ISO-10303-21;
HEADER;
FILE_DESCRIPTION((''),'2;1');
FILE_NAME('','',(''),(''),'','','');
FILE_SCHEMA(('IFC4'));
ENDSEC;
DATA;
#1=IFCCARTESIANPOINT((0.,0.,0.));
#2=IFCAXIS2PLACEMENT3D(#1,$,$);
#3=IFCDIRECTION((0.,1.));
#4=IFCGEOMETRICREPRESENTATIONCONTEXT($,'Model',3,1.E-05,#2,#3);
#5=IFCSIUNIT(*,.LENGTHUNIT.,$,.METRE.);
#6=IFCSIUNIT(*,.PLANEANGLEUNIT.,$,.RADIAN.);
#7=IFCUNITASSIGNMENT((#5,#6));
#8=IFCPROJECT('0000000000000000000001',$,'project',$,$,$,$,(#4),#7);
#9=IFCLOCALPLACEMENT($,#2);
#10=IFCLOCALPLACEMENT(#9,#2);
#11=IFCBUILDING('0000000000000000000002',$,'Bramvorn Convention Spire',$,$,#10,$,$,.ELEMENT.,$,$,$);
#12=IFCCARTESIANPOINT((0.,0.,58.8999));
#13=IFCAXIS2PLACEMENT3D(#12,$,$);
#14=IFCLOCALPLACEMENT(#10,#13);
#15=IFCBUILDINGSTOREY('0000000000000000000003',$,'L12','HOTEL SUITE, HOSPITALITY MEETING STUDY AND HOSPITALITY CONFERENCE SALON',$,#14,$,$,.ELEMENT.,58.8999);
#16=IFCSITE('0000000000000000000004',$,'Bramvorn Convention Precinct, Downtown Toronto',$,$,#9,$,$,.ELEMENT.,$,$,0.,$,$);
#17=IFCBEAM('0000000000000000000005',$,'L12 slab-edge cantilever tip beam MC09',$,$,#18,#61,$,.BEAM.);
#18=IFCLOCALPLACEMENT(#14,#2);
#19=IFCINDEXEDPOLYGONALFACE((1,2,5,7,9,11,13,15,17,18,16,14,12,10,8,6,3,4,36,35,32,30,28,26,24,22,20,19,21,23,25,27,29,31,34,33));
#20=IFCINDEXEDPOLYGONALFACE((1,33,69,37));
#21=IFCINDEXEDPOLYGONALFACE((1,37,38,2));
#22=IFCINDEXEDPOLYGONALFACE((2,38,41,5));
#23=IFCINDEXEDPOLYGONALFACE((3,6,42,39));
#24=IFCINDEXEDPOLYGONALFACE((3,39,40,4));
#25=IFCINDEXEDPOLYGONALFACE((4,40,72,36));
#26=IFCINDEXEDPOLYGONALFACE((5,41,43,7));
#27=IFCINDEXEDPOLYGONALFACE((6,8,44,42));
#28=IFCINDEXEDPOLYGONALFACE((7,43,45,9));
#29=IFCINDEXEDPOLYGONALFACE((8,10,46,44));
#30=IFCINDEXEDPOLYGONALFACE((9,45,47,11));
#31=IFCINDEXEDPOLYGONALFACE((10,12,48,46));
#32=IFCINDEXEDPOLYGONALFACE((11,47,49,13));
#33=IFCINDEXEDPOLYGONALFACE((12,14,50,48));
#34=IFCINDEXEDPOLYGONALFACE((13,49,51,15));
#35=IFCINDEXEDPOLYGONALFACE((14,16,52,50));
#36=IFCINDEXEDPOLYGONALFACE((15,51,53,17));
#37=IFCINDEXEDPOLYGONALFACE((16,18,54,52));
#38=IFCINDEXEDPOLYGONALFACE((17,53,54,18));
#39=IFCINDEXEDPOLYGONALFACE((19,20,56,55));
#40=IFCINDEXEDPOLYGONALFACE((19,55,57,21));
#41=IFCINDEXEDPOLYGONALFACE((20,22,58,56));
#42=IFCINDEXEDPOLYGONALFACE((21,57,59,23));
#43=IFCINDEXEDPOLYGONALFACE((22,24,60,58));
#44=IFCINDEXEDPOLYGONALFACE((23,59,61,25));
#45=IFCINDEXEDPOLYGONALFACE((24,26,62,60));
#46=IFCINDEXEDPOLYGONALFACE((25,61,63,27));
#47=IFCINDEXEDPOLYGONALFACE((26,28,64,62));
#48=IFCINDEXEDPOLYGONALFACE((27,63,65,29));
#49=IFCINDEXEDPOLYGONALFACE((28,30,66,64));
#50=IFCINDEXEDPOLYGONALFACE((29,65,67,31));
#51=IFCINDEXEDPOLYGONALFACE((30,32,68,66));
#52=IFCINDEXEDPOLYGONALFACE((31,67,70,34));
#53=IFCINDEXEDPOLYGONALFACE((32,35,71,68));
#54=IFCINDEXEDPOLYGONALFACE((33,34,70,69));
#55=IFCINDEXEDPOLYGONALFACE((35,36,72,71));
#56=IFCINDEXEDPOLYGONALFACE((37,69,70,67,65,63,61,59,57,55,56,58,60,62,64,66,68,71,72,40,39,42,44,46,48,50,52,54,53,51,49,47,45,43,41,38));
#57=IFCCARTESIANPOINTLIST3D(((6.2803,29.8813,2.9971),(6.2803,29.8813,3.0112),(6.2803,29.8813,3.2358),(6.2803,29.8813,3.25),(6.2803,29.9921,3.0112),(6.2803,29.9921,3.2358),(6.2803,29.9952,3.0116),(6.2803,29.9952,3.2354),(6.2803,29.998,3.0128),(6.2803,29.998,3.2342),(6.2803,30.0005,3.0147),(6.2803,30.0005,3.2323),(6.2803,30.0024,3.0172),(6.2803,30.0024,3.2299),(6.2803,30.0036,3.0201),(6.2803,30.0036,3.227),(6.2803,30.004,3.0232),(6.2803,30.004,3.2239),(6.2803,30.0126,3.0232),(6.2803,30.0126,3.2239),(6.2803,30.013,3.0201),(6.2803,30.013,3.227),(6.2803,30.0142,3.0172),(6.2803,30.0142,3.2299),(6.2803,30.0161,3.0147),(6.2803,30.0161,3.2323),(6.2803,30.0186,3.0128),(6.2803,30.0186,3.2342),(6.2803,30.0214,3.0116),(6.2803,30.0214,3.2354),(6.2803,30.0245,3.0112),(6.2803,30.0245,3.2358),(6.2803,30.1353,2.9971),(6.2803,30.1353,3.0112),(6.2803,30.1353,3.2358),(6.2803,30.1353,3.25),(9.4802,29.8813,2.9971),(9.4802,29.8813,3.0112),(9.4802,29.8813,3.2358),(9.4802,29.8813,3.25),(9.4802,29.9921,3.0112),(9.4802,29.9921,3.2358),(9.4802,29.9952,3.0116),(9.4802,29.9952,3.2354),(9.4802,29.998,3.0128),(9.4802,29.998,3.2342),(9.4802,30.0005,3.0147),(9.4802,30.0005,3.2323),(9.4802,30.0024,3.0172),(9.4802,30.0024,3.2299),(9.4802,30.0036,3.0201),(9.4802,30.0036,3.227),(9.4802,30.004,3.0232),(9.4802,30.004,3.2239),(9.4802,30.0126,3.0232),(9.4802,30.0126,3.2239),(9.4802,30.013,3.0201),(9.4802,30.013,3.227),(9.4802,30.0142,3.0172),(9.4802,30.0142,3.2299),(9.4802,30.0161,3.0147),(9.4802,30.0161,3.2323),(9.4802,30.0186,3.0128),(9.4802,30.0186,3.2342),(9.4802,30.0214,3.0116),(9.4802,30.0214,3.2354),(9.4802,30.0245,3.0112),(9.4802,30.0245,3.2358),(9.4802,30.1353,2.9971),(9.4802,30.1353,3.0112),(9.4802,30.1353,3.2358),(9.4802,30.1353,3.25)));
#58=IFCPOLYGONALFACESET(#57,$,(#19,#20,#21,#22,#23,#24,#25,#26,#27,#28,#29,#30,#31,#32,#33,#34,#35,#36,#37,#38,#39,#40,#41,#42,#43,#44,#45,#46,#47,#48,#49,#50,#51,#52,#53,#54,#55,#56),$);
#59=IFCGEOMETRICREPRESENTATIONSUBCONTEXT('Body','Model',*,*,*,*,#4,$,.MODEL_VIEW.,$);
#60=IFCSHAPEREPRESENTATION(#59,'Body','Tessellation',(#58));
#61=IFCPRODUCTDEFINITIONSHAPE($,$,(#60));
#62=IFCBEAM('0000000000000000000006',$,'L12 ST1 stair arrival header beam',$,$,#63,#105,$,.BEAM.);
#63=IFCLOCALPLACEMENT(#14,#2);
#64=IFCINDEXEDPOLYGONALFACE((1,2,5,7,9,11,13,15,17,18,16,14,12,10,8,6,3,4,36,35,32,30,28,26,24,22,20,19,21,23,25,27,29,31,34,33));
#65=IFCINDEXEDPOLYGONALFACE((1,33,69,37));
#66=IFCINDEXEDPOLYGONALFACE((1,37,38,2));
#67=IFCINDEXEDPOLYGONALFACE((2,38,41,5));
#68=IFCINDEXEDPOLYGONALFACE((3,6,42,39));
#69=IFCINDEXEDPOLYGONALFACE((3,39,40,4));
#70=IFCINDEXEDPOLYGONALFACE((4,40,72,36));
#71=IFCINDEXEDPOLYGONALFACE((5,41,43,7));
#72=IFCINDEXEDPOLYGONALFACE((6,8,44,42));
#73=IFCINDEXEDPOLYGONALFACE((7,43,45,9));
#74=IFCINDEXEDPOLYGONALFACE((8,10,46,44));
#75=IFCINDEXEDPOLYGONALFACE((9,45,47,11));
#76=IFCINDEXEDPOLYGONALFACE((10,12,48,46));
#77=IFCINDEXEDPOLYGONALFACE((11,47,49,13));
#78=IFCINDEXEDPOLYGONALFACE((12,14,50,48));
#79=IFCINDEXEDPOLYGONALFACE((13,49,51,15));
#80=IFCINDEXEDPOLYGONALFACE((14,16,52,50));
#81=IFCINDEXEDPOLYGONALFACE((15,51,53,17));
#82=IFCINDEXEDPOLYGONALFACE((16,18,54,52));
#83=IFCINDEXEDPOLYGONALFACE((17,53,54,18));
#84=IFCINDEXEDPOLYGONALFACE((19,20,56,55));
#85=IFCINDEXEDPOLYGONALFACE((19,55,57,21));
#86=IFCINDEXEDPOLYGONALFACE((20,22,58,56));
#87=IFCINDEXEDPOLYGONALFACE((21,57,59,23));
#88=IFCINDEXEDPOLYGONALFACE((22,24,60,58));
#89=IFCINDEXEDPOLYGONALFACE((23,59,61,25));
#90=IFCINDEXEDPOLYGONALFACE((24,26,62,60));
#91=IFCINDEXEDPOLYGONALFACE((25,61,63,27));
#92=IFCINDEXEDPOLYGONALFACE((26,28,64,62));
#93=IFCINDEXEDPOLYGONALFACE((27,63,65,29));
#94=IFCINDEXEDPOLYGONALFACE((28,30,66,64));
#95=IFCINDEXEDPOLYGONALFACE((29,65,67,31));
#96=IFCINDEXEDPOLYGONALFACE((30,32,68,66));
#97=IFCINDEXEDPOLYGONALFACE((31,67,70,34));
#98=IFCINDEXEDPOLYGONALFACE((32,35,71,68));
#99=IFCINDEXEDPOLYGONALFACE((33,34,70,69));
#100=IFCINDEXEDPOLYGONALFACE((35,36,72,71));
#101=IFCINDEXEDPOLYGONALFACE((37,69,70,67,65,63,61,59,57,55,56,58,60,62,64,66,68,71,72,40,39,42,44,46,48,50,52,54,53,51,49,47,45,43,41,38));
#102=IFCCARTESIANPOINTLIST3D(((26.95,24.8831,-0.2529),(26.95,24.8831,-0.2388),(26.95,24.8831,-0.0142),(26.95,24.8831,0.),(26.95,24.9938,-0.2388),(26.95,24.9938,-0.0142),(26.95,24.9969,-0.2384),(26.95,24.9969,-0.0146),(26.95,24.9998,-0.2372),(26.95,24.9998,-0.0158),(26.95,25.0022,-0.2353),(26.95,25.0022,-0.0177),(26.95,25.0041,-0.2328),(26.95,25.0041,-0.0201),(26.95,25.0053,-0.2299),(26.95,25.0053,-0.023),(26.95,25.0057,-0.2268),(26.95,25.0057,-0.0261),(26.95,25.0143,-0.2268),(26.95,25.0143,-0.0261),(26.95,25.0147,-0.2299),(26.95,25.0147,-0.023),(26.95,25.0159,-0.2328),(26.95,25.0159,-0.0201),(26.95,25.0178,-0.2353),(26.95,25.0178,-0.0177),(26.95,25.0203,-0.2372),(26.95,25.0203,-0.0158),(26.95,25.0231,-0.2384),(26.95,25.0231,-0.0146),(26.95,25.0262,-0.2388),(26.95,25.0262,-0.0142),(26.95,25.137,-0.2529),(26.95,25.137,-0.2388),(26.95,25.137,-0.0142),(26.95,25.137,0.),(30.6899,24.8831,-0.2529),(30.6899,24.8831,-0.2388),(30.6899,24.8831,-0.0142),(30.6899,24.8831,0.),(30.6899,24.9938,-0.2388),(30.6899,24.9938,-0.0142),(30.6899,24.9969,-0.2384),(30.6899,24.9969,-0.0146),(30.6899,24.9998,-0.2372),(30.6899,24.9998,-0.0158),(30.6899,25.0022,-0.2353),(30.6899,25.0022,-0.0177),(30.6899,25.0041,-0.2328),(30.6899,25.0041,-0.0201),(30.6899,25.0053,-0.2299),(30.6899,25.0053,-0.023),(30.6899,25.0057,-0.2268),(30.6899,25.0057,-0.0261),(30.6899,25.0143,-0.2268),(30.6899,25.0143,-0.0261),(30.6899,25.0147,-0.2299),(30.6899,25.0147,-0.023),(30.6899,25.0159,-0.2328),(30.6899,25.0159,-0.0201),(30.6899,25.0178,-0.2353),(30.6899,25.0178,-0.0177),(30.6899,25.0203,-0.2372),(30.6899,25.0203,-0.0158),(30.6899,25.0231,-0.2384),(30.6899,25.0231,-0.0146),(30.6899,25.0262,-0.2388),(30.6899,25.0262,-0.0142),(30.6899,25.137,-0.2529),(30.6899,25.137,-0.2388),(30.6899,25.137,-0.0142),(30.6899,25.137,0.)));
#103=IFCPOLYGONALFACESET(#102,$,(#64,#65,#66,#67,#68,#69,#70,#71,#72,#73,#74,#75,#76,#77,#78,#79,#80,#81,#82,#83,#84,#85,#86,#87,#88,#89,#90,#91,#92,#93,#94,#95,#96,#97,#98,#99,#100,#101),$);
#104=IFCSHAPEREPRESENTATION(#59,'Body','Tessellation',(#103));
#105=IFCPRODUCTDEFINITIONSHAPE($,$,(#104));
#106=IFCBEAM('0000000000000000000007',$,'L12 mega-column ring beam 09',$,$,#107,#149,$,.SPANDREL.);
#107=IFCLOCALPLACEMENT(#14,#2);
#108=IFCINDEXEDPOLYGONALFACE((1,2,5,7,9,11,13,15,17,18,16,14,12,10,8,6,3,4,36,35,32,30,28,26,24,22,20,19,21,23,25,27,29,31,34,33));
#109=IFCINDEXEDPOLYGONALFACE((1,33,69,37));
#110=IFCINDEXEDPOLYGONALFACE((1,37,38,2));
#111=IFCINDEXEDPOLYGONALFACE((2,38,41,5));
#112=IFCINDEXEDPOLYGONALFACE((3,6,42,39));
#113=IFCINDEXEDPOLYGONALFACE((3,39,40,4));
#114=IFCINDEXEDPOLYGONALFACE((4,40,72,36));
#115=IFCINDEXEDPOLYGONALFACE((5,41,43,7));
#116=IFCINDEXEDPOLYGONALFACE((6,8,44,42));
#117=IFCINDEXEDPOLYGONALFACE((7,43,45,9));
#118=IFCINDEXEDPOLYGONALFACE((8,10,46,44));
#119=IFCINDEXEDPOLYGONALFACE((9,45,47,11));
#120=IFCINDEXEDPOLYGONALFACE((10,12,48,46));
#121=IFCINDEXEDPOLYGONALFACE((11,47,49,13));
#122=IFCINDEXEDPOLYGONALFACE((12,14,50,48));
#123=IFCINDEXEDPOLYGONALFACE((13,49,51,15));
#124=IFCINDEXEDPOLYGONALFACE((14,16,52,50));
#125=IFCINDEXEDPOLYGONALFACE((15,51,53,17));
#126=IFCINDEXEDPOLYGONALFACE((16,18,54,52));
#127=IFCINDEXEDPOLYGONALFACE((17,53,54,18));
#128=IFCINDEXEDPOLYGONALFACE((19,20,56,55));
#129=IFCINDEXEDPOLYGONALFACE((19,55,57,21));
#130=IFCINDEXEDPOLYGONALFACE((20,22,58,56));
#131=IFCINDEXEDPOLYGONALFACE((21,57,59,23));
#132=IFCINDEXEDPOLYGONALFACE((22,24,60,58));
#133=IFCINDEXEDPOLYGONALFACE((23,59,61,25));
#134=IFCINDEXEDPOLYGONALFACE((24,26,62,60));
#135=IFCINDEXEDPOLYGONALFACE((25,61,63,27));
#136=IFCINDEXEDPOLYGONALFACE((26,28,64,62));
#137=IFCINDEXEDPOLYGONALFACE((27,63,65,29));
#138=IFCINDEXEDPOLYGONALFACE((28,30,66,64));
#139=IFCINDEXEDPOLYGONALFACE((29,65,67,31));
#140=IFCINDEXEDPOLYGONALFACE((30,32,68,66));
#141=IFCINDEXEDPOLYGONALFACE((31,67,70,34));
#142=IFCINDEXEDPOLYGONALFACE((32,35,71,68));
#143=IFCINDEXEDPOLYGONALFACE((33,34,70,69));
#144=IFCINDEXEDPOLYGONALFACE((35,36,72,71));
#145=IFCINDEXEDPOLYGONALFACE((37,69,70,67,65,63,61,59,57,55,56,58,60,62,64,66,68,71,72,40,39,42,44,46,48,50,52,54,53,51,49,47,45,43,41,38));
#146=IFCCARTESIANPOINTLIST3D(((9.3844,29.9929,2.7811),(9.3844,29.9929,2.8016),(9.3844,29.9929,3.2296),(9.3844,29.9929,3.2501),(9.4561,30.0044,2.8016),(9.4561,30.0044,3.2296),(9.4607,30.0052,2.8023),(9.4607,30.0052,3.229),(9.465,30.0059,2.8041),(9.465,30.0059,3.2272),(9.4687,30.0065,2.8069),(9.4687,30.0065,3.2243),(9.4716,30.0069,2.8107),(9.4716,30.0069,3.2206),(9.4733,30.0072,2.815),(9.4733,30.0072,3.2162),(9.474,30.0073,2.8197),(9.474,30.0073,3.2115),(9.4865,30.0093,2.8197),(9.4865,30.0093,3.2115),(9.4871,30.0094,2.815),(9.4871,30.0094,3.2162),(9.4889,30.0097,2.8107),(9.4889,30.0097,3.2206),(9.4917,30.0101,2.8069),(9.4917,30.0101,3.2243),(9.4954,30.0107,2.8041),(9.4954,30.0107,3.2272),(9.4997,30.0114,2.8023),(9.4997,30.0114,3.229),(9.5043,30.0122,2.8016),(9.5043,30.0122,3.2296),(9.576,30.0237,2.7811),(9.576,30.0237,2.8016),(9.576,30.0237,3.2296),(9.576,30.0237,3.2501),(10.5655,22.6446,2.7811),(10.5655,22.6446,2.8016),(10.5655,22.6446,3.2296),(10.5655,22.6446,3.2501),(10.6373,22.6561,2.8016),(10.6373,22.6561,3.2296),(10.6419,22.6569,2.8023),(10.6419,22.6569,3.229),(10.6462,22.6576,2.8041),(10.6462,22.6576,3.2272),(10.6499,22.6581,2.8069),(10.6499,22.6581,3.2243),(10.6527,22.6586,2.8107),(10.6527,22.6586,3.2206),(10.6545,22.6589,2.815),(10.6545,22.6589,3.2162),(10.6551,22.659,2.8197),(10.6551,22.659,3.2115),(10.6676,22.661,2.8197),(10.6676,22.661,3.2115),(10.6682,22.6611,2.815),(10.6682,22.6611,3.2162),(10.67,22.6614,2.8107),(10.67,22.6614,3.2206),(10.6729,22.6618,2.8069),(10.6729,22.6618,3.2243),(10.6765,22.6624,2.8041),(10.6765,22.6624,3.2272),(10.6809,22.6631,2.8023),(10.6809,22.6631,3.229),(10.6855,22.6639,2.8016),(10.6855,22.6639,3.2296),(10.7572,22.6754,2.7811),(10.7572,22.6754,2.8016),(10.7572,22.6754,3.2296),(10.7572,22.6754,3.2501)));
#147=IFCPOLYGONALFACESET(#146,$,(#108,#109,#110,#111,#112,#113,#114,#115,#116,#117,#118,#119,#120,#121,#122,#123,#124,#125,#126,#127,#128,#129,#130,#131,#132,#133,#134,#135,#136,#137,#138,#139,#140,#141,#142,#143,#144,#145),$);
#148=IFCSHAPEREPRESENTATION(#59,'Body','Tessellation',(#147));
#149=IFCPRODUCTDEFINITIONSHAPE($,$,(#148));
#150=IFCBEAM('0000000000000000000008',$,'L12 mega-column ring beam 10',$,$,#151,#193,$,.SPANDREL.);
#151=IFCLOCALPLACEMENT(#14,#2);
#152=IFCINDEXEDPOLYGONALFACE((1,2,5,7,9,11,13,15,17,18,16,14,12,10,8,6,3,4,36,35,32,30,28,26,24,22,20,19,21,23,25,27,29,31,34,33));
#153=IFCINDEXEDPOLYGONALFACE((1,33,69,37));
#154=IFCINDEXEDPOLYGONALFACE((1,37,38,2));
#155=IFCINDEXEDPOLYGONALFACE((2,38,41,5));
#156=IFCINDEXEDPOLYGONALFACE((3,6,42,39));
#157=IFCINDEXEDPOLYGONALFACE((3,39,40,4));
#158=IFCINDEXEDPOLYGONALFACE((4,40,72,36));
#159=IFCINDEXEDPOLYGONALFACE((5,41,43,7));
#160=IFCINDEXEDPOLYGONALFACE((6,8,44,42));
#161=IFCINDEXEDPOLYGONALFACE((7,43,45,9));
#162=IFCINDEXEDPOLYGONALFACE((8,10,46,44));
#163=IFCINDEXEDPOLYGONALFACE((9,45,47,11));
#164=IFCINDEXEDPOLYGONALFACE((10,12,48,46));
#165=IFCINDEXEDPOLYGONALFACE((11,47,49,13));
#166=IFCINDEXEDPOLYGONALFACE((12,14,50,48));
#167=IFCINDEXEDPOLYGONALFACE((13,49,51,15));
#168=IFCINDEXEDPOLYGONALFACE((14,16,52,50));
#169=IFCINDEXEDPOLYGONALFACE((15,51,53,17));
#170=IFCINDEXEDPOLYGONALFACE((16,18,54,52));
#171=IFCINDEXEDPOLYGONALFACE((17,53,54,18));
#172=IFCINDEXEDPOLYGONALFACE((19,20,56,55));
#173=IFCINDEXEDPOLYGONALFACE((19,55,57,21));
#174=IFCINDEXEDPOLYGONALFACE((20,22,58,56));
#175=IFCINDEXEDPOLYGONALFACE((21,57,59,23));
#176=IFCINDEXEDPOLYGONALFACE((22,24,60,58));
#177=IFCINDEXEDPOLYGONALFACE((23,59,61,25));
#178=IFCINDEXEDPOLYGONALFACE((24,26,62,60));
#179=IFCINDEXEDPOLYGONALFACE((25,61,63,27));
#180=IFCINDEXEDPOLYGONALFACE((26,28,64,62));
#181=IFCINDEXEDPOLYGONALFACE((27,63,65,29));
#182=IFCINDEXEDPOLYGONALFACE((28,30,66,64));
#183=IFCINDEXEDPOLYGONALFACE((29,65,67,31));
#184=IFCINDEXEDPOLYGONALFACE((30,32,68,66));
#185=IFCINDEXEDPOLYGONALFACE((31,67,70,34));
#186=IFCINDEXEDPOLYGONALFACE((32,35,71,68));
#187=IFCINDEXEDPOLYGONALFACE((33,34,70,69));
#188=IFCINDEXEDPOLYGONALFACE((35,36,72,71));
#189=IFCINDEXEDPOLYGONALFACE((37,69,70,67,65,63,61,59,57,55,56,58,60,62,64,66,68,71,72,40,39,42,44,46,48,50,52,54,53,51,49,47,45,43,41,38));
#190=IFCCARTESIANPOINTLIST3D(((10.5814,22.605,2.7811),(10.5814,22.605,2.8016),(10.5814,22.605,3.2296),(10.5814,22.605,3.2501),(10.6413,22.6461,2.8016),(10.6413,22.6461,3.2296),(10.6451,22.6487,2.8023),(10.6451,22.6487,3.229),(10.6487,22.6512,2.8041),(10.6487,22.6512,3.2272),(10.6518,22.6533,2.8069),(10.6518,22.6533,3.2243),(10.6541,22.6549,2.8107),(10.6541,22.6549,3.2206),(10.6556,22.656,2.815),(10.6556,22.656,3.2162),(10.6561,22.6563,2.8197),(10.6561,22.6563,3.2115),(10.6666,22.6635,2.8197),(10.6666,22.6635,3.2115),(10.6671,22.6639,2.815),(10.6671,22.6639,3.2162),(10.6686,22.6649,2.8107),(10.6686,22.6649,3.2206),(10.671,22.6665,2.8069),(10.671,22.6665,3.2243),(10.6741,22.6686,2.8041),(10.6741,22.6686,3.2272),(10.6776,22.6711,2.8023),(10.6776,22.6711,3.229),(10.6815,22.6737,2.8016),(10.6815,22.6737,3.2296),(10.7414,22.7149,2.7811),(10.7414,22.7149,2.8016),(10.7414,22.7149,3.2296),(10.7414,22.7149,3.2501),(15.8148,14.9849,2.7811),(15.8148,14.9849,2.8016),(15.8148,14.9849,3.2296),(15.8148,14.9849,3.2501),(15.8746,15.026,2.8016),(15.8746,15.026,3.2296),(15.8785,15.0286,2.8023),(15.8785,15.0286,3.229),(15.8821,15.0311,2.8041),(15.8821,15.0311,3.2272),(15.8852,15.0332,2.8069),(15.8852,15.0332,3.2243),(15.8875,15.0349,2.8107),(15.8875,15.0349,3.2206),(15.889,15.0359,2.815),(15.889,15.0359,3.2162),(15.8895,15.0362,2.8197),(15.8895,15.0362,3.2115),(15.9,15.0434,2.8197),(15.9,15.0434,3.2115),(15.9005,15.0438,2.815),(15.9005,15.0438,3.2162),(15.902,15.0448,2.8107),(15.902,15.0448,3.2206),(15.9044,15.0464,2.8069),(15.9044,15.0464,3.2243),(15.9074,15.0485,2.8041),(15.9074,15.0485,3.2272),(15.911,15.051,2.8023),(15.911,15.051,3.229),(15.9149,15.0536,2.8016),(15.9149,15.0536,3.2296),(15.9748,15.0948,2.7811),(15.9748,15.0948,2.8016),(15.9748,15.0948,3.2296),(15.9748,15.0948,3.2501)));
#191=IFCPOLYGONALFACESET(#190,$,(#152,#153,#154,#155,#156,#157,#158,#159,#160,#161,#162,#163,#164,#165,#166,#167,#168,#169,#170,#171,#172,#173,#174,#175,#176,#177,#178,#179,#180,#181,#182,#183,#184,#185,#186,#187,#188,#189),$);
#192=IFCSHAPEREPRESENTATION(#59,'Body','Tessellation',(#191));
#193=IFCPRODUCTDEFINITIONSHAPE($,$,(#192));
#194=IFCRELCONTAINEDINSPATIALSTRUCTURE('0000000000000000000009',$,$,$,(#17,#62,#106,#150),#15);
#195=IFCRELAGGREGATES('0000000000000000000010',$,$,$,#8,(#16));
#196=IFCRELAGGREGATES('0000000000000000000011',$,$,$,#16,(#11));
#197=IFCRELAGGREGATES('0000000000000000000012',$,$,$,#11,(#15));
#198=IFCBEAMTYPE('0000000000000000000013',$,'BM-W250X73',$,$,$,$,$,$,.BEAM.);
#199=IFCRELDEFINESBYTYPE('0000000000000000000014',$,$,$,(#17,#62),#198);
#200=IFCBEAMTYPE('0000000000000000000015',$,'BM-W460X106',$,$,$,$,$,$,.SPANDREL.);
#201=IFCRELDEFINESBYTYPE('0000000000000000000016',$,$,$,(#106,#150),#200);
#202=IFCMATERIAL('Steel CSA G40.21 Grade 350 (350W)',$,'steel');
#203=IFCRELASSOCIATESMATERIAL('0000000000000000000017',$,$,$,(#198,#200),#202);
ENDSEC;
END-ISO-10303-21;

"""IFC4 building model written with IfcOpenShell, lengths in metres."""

from ifc_helpers import new_model, si_unit, direction, frame, origin, origin_2d, place, context, subcontext, project, spatial, i_section, extrude, material, material_profile, profile_set, type_object, element, save


model = new_model("IFC4")

# Units and contexts
model_context = context("Model", 3, precision=1e-05, world=origin(), true_north=direction((0.0, 1.0)))
body_context = subcontext(model_context, "Body", "Model", "MODEL_VIEW")
ifc_project = project(units=[si_unit("LENGTHUNIT", "METRE"), si_unit("PLANEANGLEUNIT", "RADIAN")], contexts=[model_context])

# Site, building, storey
site_placement = place(None, origin())
site = spatial("IfcSite", under=ifc_project, at=site_placement, Name="Bramvorn Convention Precinct, Downtown Toronto", CompositionType="ELEMENT", RefElevation=0.0)
building_placement = place(site_placement, origin())
building = spatial("IfcBuilding", under=site, at=building_placement, Name="Bramvorn Convention Spire", CompositionType="ELEMENT")
storey_placement = place(building_placement, frame((0.0, 0.0, 58.8999)))
storey = spatial("IfcBuildingStorey", under=building, at=storey_placement, Name="L12", Description="HOTEL SUITE, HOSPITALITY MEETING STUDY AND HOSPITALITY CONFERENCE SALON", CompositionType="ELEMENT", Elevation=58.8999)

# Shared definitions
ifc_material_1 = material(Name="Steel CSA G40.21 Grade 350 (350W)", Category="steel")

# Beams
ifc_material_profile_1 = material_profile(ifc_material_1, i_section(OverallWidth=0.2539, OverallDepth=0.2529, WebThickness=0.0085, FlangeThickness=0.0142, FilletRadius=0.012, at=origin_2d()))
ifc_profile_set_1 = profile_set([ifc_material_profile_1], Name="Steel CSA G40.21 Grade 350 (350W) - W250X73")
beam_type_1 = type_object("IfcBeamType", Name="BM-W250X73", PredefinedType="BEAM", material=ifc_profile_set_1)
beam_1_placement = place(storey_placement, frame((9.4802, 30.0083, 3.1235), z_axis=(-1.0, 0.0, 0.0), x_axis=(0.0, -1.0, 0.0)))
element("IfcBeam", 1, at=beam_1_placement, inside=storey, type_object=beam_type_1, Name="L12 slab-edge cantilever tip beam MC09", PredefinedType="BEAM", context=body_context, shape_type="SweptSolid", body=[
    extrude(i_section(OverallWidth=0.2539, OverallDepth=0.2529, WebThickness=0.0085, FlangeThickness=0.0142, FilletRadius=0.012, at=origin_2d()), origin(), (0.0, 0.0, 1.0), 3.2),
])
beam_2_placement = place(storey_placement, frame((26.95, 25.01, -0.1265), z_axis=(1.0, 0.0, 0.0), x_axis=(0.0, 1.0, 0.0)))
element("IfcBeam", 2, at=beam_2_placement, inside=storey, type_object=beam_type_1, Name="L12 ST1 stair arrival header beam", PredefinedType="BEAM", context=body_context, shape_type="SweptSolid", body=[
    extrude(i_section(OverallWidth=0.2539, OverallDepth=0.2529, WebThickness=0.0085, FlangeThickness=0.0142, FilletRadius=0.012, at=origin_2d()), origin(), (0.0, 0.0, 1.0), 3.74),
])
ifc_material_profile_2 = material_profile(ifc_material_1, i_section(OverallWidth=0.1941, OverallDepth=0.469, WebThickness=0.0127, FlangeThickness=0.0205, FilletRadius=0.0181, at=origin_2d()))
ifc_profile_set_2 = profile_set([ifc_material_profile_2], Name="Steel CSA G40.21 Grade 350 (350W) - W460X106")
beam_type_2 = type_object("IfcBeamType", Name="BM-W460X106", PredefinedType="SPANDREL", material=ifc_profile_set_2)
beam_3_placement = place(storey_placement, frame((9.4802, 30.0083, 3.0156), z_axis=(0.158699, -0.987327, 0.0), x_axis=(0.987327, 0.158699, 0.0)))
element("IfcBeam", 3, at=beam_3_placement, inside=storey, type_object=beam_type_2, Name="L12 mega-column ring beam 09", PredefinedType="SPANDREL", context=body_context, shape_type="SweptSolid", body=[
    extrude(i_section(OverallWidth=0.1941, OverallDepth=0.469, WebThickness=0.0127, FlangeThickness=0.0205, FilletRadius=0.0181, at=origin_2d()), origin(), (0.0, 0.0, 1.0), 7.4426),
])
beam_4_placement = place(storey_placement, frame((10.6614, 22.6599, 3.0156), z_axis=(0.56613, -0.824316, 0.0), x_axis=(0.824316, 0.56613, 0.0)))
element("IfcBeam", 4, at=beam_4_placement, inside=storey, type_object=beam_type_2, Name="L12 mega-column ring beam 10", PredefinedType="SPANDREL", context=body_context, shape_type="SweptSolid", body=[
    extrude(i_section(OverallWidth=0.1941, OverallDepth=0.469, WebThickness=0.0127, FlangeThickness=0.0205, FilletRadius=0.0181, at=origin_2d()), origin(), (0.0, 0.0, 1.0), 9.2441),
])

save(model, "model.ifc")
